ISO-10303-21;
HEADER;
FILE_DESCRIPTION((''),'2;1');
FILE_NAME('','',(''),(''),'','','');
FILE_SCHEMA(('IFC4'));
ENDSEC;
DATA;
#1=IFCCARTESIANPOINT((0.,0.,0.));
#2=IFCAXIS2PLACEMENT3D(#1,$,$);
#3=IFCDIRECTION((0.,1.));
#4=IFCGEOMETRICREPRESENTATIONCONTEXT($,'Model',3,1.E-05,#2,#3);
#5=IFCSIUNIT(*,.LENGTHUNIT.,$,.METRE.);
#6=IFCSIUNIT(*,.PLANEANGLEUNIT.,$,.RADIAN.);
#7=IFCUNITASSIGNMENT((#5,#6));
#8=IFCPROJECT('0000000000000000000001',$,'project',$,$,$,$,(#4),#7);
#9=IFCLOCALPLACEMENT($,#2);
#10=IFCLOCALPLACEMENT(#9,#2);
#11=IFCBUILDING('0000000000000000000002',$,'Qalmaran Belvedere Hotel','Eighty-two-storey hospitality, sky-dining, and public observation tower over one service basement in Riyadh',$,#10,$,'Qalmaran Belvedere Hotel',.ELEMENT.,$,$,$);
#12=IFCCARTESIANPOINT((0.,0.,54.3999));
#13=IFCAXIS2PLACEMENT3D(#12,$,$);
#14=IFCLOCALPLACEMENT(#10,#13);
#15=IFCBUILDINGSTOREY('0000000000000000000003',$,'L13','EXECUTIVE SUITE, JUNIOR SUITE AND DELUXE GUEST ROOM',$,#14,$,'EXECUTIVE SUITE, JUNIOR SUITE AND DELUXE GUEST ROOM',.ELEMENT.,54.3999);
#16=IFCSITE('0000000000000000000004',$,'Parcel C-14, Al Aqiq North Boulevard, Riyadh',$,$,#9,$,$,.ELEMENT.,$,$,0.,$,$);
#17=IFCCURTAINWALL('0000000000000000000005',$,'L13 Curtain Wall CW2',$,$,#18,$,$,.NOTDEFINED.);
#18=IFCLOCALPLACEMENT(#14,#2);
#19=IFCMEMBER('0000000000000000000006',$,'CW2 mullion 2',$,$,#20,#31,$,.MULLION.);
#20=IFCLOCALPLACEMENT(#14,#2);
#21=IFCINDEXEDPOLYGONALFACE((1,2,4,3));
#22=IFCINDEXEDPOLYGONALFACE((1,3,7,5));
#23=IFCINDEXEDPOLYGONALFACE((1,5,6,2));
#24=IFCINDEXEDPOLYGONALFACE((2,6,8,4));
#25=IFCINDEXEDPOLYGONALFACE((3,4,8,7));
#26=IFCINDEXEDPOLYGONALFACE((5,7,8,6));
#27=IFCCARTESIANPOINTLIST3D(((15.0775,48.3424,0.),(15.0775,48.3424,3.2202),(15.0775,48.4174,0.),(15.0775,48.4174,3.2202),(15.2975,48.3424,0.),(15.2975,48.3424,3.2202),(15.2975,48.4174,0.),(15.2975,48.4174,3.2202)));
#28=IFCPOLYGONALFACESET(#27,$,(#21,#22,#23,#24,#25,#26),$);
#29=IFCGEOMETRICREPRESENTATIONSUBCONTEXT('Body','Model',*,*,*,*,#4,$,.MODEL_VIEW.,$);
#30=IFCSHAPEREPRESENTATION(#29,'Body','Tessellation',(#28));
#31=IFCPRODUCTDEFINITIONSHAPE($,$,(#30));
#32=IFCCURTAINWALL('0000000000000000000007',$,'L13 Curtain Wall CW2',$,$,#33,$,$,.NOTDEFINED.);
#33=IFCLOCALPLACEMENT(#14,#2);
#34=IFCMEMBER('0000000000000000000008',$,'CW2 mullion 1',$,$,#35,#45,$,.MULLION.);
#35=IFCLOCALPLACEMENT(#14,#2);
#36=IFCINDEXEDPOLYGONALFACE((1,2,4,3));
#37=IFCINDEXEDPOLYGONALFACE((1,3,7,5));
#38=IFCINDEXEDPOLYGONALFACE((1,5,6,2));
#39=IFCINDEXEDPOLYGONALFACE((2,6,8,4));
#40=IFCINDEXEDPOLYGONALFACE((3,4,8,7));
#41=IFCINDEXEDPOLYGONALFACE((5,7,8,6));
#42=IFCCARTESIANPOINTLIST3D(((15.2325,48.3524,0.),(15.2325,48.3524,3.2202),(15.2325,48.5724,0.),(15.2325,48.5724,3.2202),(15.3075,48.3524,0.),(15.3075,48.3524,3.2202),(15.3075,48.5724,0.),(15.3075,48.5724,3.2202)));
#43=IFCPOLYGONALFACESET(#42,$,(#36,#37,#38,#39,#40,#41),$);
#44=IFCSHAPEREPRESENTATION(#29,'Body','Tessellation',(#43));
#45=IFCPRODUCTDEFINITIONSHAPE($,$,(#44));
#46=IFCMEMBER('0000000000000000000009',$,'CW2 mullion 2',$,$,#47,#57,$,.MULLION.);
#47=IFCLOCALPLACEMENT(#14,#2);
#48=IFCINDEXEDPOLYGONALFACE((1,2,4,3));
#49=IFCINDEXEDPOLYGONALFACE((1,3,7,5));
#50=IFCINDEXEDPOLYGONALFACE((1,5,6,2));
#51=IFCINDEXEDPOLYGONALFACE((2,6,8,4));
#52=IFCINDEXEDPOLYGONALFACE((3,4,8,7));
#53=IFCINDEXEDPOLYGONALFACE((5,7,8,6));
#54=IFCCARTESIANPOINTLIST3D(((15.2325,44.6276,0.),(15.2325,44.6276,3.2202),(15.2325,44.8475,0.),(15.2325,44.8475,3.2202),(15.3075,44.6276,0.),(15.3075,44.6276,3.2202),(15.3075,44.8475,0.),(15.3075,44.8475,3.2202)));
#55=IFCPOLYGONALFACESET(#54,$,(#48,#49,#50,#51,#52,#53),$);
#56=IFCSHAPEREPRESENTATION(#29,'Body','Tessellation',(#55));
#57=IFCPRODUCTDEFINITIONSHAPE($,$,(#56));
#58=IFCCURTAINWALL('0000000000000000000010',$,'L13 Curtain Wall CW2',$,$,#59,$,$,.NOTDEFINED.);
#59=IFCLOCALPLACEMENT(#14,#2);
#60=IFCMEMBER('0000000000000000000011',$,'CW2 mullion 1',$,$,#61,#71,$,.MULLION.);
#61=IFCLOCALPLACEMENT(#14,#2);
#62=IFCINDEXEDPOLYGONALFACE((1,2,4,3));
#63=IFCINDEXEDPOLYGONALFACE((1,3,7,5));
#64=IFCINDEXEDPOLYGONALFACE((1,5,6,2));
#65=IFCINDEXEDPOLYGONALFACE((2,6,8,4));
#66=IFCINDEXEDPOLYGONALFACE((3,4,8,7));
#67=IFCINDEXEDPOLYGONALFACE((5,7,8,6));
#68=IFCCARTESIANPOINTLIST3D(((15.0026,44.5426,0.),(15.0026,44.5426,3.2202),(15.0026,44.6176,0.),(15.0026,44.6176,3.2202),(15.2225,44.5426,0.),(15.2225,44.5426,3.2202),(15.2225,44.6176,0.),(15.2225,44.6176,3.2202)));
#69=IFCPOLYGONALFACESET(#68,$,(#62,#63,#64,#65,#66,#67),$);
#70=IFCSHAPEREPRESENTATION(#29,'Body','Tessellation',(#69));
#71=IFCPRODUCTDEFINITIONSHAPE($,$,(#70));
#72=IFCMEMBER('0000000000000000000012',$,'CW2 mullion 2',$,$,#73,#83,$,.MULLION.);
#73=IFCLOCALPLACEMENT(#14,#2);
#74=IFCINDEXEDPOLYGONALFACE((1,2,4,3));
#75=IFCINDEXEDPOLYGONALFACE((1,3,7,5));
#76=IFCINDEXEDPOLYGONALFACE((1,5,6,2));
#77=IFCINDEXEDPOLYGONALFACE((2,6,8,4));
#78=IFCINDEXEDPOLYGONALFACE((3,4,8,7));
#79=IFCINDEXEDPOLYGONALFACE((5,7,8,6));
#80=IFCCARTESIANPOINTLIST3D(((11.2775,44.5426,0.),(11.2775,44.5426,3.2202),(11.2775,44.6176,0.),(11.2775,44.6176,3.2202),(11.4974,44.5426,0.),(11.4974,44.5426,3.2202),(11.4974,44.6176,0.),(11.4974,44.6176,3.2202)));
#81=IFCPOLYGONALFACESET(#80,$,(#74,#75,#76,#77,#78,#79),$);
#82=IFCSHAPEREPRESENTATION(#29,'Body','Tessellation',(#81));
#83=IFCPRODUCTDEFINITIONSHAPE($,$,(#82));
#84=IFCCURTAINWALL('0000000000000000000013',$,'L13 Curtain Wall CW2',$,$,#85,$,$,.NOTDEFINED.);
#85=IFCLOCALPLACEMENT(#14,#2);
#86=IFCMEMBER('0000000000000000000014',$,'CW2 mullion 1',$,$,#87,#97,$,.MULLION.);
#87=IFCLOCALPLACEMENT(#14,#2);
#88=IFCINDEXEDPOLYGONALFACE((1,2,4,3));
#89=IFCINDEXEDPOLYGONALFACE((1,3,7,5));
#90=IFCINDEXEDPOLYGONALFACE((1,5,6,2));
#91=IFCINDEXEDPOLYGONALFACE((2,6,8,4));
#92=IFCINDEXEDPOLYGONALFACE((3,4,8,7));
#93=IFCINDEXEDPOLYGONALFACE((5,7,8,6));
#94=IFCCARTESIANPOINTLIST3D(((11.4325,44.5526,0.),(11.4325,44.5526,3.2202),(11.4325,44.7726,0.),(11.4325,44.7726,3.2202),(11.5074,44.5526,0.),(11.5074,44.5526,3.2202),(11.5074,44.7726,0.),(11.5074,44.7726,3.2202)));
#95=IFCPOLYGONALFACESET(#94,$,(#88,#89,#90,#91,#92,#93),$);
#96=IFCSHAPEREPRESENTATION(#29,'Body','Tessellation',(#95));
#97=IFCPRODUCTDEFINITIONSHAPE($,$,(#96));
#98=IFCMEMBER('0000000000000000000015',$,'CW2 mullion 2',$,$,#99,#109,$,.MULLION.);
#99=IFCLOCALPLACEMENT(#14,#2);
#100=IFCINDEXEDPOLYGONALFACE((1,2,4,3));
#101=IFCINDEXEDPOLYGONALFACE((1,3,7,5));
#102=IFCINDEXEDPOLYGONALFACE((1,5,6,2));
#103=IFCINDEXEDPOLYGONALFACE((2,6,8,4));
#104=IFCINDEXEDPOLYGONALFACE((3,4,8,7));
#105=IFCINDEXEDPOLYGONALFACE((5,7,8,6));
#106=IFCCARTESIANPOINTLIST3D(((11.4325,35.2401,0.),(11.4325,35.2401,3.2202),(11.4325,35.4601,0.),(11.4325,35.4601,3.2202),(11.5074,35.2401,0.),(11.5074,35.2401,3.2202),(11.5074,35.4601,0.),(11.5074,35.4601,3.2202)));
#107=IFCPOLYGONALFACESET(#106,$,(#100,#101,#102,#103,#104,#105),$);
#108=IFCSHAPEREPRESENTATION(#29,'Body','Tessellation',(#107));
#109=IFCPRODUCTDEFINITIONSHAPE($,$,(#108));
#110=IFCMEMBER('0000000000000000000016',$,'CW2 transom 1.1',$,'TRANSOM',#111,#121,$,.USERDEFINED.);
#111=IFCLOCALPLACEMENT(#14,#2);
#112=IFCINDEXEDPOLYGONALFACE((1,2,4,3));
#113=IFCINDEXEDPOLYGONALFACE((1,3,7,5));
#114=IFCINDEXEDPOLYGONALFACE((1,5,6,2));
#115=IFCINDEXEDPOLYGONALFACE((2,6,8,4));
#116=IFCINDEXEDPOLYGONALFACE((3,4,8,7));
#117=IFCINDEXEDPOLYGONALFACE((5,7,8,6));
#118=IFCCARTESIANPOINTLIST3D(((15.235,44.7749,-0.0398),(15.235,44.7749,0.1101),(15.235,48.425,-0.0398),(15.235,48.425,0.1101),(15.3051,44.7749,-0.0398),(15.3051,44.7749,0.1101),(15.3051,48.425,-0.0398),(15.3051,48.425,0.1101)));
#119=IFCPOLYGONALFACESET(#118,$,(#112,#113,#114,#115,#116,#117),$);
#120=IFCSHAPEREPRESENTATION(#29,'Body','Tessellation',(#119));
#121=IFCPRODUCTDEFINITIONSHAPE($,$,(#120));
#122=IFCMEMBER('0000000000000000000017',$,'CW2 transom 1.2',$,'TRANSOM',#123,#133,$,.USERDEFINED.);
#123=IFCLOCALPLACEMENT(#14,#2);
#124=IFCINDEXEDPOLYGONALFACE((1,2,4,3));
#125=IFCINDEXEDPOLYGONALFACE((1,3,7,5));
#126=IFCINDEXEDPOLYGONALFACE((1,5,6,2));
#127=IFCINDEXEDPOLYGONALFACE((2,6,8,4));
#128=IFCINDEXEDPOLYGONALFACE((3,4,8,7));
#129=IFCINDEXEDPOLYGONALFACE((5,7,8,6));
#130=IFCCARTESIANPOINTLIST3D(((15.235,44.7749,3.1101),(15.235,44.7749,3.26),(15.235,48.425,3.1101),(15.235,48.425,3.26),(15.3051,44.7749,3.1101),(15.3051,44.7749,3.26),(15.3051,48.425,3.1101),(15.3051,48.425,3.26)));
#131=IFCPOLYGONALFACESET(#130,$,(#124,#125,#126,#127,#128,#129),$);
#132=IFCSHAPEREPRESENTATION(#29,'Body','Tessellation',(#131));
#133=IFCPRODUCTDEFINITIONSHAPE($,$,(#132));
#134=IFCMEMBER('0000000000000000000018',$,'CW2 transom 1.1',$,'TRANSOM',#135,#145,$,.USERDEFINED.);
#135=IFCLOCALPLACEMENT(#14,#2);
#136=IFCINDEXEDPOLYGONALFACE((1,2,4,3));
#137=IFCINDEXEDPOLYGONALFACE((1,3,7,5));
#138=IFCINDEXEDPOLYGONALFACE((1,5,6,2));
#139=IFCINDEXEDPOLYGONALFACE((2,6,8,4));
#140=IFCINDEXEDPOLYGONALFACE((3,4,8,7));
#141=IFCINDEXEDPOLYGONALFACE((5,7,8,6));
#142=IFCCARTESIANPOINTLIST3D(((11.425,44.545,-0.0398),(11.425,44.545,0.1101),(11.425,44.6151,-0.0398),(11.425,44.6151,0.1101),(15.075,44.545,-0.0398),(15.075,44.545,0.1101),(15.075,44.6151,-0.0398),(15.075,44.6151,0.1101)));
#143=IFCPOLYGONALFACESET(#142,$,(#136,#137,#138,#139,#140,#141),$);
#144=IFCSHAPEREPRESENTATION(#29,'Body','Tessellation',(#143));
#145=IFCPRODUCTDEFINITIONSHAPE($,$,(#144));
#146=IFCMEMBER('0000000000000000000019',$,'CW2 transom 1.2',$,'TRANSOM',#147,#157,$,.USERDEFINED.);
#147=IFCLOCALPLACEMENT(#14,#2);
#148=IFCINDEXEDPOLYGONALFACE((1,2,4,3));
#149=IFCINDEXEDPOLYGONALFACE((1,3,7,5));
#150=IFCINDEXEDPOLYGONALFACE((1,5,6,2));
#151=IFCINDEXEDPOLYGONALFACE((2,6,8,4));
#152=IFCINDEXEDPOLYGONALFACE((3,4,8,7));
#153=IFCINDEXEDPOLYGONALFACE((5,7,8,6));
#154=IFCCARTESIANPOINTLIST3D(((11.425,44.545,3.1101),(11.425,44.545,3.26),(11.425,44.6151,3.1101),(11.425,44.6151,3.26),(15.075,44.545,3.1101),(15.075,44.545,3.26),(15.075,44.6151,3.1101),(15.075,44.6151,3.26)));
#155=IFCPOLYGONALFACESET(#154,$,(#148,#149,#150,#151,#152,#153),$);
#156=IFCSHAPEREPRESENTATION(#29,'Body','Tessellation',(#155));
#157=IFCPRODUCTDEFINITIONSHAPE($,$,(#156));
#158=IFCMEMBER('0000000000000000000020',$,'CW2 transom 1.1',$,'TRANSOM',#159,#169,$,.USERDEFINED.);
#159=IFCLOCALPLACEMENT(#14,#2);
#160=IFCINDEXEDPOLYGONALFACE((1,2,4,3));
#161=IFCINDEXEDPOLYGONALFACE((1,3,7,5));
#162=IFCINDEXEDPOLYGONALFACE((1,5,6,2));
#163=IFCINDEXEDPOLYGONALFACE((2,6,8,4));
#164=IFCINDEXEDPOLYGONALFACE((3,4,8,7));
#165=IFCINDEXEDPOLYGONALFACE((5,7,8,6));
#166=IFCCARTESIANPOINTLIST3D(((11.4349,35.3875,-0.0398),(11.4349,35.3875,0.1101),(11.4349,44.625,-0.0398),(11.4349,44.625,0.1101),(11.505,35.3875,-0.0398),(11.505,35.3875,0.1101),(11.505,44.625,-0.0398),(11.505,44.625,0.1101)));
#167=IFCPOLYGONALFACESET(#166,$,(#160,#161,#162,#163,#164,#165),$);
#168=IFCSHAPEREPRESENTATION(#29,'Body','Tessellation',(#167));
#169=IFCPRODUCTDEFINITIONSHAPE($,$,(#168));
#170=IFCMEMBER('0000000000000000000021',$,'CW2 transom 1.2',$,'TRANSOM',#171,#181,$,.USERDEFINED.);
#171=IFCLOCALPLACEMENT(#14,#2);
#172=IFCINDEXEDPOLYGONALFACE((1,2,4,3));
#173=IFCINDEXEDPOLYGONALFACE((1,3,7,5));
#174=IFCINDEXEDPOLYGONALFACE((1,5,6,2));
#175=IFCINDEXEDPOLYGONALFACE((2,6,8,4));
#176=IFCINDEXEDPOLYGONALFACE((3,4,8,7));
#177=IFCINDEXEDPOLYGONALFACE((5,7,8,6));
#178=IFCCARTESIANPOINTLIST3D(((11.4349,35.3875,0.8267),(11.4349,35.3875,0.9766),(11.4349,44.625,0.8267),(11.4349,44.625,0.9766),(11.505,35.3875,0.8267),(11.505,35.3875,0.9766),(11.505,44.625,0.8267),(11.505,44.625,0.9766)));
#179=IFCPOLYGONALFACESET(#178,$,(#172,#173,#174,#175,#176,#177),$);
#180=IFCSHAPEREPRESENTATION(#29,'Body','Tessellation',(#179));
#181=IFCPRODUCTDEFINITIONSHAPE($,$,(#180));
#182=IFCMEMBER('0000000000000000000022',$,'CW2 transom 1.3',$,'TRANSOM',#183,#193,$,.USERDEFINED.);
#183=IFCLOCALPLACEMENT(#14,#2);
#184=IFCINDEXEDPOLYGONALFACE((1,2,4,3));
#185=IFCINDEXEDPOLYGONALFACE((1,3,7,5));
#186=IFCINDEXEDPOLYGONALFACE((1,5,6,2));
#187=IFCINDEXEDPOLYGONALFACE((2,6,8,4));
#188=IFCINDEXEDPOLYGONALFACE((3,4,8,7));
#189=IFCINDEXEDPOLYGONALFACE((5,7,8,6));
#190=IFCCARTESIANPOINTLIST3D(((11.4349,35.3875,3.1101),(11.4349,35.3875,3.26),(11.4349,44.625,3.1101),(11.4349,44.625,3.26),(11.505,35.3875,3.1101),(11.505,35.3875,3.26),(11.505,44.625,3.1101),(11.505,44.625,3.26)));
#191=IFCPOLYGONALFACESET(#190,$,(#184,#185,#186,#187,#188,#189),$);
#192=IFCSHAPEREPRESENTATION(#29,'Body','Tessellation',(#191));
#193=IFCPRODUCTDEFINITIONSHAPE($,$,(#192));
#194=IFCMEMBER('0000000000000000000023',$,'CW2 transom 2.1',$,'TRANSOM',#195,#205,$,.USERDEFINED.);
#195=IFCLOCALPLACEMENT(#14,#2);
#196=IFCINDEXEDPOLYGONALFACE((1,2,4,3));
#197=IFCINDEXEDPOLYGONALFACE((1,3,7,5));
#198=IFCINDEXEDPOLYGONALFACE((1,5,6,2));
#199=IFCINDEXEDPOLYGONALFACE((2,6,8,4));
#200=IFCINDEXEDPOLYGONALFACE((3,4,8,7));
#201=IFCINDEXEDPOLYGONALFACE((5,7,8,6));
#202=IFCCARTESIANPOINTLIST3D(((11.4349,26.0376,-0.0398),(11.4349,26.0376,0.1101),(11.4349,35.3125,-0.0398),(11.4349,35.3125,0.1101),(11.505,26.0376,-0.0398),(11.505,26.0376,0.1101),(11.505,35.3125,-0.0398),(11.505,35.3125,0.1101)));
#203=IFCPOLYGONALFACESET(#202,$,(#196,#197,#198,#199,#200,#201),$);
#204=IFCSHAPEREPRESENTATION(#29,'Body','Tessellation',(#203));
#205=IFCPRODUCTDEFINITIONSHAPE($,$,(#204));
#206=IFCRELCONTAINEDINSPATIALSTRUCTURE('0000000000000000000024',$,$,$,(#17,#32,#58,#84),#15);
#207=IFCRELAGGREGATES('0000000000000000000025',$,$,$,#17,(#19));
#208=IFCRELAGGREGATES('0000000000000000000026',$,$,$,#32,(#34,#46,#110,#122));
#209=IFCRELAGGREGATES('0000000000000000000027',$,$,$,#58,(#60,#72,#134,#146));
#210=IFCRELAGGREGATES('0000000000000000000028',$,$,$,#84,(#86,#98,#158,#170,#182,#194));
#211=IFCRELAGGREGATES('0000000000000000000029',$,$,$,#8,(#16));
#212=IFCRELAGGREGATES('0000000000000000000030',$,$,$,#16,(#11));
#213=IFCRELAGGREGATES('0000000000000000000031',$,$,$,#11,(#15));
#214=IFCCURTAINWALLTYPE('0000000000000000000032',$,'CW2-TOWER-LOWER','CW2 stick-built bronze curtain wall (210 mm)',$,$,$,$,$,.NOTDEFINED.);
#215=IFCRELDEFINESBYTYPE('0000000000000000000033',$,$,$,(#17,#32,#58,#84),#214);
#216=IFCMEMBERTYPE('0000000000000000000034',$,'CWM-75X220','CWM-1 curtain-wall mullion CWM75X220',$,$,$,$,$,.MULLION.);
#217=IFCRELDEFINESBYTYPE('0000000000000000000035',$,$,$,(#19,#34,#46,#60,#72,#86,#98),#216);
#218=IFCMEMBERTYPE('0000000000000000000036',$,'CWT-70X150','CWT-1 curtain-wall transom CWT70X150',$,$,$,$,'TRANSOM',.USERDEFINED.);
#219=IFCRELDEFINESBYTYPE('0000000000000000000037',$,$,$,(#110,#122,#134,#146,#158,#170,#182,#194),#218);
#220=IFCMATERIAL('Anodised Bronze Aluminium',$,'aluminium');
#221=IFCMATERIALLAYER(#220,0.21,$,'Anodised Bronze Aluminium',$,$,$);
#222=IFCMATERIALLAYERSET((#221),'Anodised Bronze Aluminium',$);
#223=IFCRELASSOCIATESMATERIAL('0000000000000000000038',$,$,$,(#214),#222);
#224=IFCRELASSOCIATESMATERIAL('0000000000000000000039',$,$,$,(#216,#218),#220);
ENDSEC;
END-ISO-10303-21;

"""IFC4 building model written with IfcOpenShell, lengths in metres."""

from ifc_helpers import new_model, si_unit, direction, frame, origin, origin_2d, place, context, subcontext, project, spatial, rectangle, extrude, material, layer, layer_set, material_profile, profile_set, type_object, element, aggregate, save


model = new_model("IFC4")

# Units and contexts
model_context = context("Model", 3, precision=1e-05, world=origin(), true_north=direction((0.0, 1.0)))
body_context = subcontext(model_context, "Body", "Model", "MODEL_VIEW")
ifc_project = project(units=[si_unit("LENGTHUNIT", "METRE"), si_unit("PLANEANGLEUNIT", "RADIAN")], contexts=[model_context])

# Site, building, storey
site_placement = place(None, origin())
site = spatial("IfcSite", under=ifc_project, at=site_placement, Name="Parcel C-14, Al Aqiq North Boulevard, Riyadh", CompositionType="ELEMENT", RefElevation=0.0)
building_placement = place(site_placement, origin())
building = spatial("IfcBuilding", under=site, at=building_placement, Name="Qalmaran Belvedere Hotel", Description="Eighty-two-storey hospitality, sky-dining, and public observation tower over one service basement in Riyadh", LongName="Qalmaran Belvedere Hotel", CompositionType="ELEMENT")
storey_placement = place(building_placement, frame((0.0, 0.0, 54.3999)))
storey = spatial("IfcBuildingStorey", under=building, at=storey_placement, Name="L13", Description="EXECUTIVE SUITE, JUNIOR SUITE AND DELUXE GUEST ROOM", LongName="EXECUTIVE SUITE, JUNIOR SUITE AND DELUXE GUEST ROOM", CompositionType="ELEMENT", Elevation=54.3999)

# Curtain wall, member
ifc_material_1 = material(Name="Anodised Bronze Aluminium", Category="aluminium")
ifc_layer_1 = layer(ifc_material_1, 0.21, Name="Anodised Bronze Aluminium")
ifc_layer_set_1 = layer_set([ifc_layer_1], Name="Anodised Bronze Aluminium")
curtain_wall_type = type_object("IfcCurtainWallType", Name="CW2-TOWER-LOWER", Description="CW2 stick-built bronze curtain wall (210 mm)", PredefinedType="NOTDEFINED", material=ifc_layer_set_1)
curtain_wall_1_placement = place(storey_placement, origin())
curtain_wall_1 = element("IfcCurtainWall", 1, at=curtain_wall_1_placement, inside=storey, type_object=curtain_wall_type, Name="L13 Curtain Wall CW2", PredefinedType="NOTDEFINED")
ifc_material_profile_1 = material_profile(ifc_material_1, rectangle(XDim=0.075, YDim=0.22, at=origin_2d()), Name="CWM75X220")
ifc_profile_set_1 = profile_set([ifc_material_profile_1], Name="Anodised Bronze Aluminium")
member_type_1 = type_object("IfcMemberType", Name="CWM-75X220", Description="CWM-1 curtain-wall mullion CWM75X220", PredefinedType="MULLION", material=ifc_profile_set_1)
member_1_placement = place(storey_placement, frame((15.1875, 48.3799, 0.0), z_axis=(0.0, 0.0, 1.0), x_axis=(0.0, -1.0, 0.0)))
member_1 = element("IfcMember", 2, at=member_1_placement, type_object=member_type_1, Name="CW2 mullion 2", PredefinedType="MULLION", context=body_context, shape_type="SweptSolid", body=[
    extrude(rectangle(XDim=0.075, YDim=0.22, at=origin_2d()), origin(), (0.0, 0.0, 1.0), 3.2202),
])

# Curtain walls, members
curtain_wall_2_placement = place(storey_placement, origin())
curtain_wall_2 = element("IfcCurtainWall", 3, at=curtain_wall_2_placement, inside=storey, type_object=curtain_wall_type, Name="L13 Curtain Wall CW2", PredefinedType="NOTDEFINED")
member_2_placement = place(storey_placement, frame((15.27, 48.4624, 0.0), z_axis=(0.0, 0.0, 1.0), x_axis=(1.0, 0.0, 0.0)))
member_2 = element("IfcMember", 4, at=member_2_placement, type_object=member_type_1, Name="CW2 mullion 1", PredefinedType="MULLION", context=body_context, shape_type="SweptSolid", body=[
    extrude(rectangle(XDim=0.075, YDim=0.22, at=origin_2d()), origin(), (0.0, 0.0, 1.0), 3.2202),
])
member_3_placement = place(storey_placement, frame((15.27, 44.7375, 0.0), z_axis=(0.0, 0.0, 1.0), x_axis=(1.0, 0.0, 0.0)))
member_3 = element("IfcMember", 5, at=member_3_placement, type_object=member_type_1, Name="CW2 mullion 2", PredefinedType="MULLION", context=body_context, shape_type="SweptSolid", body=[
    extrude(rectangle(XDim=0.075, YDim=0.22, at=origin_2d()), origin(), (0.0, 0.0, 1.0), 3.2202),
])
curtain_wall_3_placement = place(storey_placement, origin())
curtain_wall_3 = element("IfcCurtainWall", 6, at=curtain_wall_3_placement, inside=storey, type_object=curtain_wall_type, Name="L13 Curtain Wall CW2", PredefinedType="NOTDEFINED")
member_4_placement = place(storey_placement, frame((15.1125, 44.5801, 0.0), z_axis=(0.0, 0.0, 1.0), x_axis=(0.0, -1.0, 0.0)))
member_4 = element("IfcMember", 7, at=member_4_placement, type_object=member_type_1, Name="CW2 mullion 1", PredefinedType="MULLION", context=body_context, shape_type="SweptSolid", body=[
    extrude(rectangle(XDim=0.075, YDim=0.22, at=origin_2d()), origin(), (0.0, 0.0, 1.0), 3.2202),
])
member_5_placement = place(storey_placement, frame((11.3875, 44.5801, 0.0), z_axis=(0.0, 0.0, 1.0), x_axis=(0.0, -1.0, 0.0)))
member_5 = element("IfcMember", 8, at=member_5_placement, type_object=member_type_1, Name="CW2 mullion 2", PredefinedType="MULLION", context=body_context, shape_type="SweptSolid", body=[
    extrude(rectangle(XDim=0.075, YDim=0.22, at=origin_2d()), origin(), (0.0, 0.0, 1.0), 3.2202),
])
curtain_wall_4_placement = place(storey_placement, origin())
curtain_wall_4 = element("IfcCurtainWall", 9, at=curtain_wall_4_placement, inside=storey, type_object=curtain_wall_type, Name="L13 Curtain Wall CW2", PredefinedType="NOTDEFINED")
member_6_placement = place(storey_placement, frame((11.47, 44.6626, 0.0), z_axis=(0.0, 0.0, 1.0), x_axis=(1.0, 0.0, 0.0)))
member_6 = element("IfcMember", 10, at=member_6_placement, type_object=member_type_1, Name="CW2 mullion 1", PredefinedType="MULLION", context=body_context, shape_type="SweptSolid", body=[
    extrude(rectangle(XDim=0.075, YDim=0.22, at=origin_2d()), origin(), (0.0, 0.0, 1.0), 3.2202),
])
member_7_placement = place(storey_placement, frame((11.47, 35.3501, 0.0), z_axis=(0.0, 0.0, 1.0), x_axis=(1.0, 0.0, 0.0)))
member_7 = element("IfcMember", 11, at=member_7_placement, type_object=member_type_1, Name="CW2 mullion 2", PredefinedType="MULLION", context=body_context, shape_type="SweptSolid", body=[
    extrude(rectangle(XDim=0.075, YDim=0.22, at=origin_2d()), origin(), (0.0, 0.0, 1.0), 3.2202),
])

# Members
ifc_material_profile_2 = material_profile(ifc_material_1, rectangle(XDim=0.0701, YDim=0.1499, at=origin_2d()), Name="CWT70X150")
ifc_profile_set_2 = profile_set([ifc_material_profile_2], Name="Anodised Bronze Aluminium")
member_type_2 = type_object("IfcMemberType", Name="CWT-70X150", Description="CWT-1 curtain-wall transom CWT70X150", ElementType="TRANSOM", PredefinedType="USERDEFINED", material=ifc_profile_set_2)
member_8_placement = place(storey_placement, frame((15.27, 48.425, 0.0352), z_axis=(0.0, -1.0, 0.0), x_axis=(1.0, 0.0, 0.0)))
member_8 = element("IfcMember", 12, at=member_8_placement, type_object=member_type_2, Name="CW2 transom 1.1", ObjectType="TRANSOM", PredefinedType="USERDEFINED", context=body_context, shape_type="SweptSolid", body=[
    extrude(rectangle(XDim=0.0701, YDim=0.1499, at=origin_2d()), origin(), (0.0, 0.0, 1.0), 3.6501),
])
member_9_placement = place(storey_placement, frame((15.27, 48.425, 3.1851), z_axis=(0.0, -1.0, 0.0), x_axis=(1.0, 0.0, 0.0)))
member_9 = element("IfcMember", 13, at=member_9_placement, type_object=member_type_2, Name="CW2 transom 1.2", ObjectType="TRANSOM", PredefinedType="USERDEFINED", context=body_context, shape_type="SweptSolid", body=[
    extrude(rectangle(XDim=0.0701, YDim=0.1499, at=origin_2d()), origin(), (0.0, 0.0, 1.0), 3.6501),
])
member_10_placement = place(storey_placement, frame((15.075, 44.5801, 0.0352), z_axis=(-1.0, 0.0, 0.0), x_axis=(0.0, -1.0, 0.0)))
member_10 = element("IfcMember", 14, at=member_10_placement, type_object=member_type_2, Name="CW2 transom 1.1", ObjectType="TRANSOM", PredefinedType="USERDEFINED", context=body_context, shape_type="SweptSolid", body=[
    extrude(rectangle(XDim=0.0701, YDim=0.1499, at=origin_2d()), origin(), (0.0, 0.0, 1.0), 3.6499),
])
member_11_placement = place(storey_placement, frame((15.075, 44.5801, 3.1851), z_axis=(-1.0, 0.0, 0.0), x_axis=(0.0, -1.0, 0.0)))
member_11 = element("IfcMember", 15, at=member_11_placement, type_object=member_type_2, Name="CW2 transom 1.2", ObjectType="TRANSOM", PredefinedType="USERDEFINED", context=body_context, shape_type="SweptSolid", body=[
    extrude(rectangle(XDim=0.0701, YDim=0.1499, at=origin_2d()), origin(), (0.0, 0.0, 1.0), 3.6499),
])
member_12_placement = place(storey_placement, frame((11.47, 44.625, 0.0352), z_axis=(0.0, -1.0, 0.0), x_axis=(1.0, 0.0, 0.0)))
member_12 = element("IfcMember", 16, at=member_12_placement, type_object=member_type_2, Name="CW2 transom 1.1", ObjectType="TRANSOM", PredefinedType="USERDEFINED", context=body_context, shape_type="SweptSolid", body=[
    extrude(rectangle(XDim=0.0701, YDim=0.1499, at=origin_2d()), origin(), (0.0, 0.0, 1.0), 9.2375),
])
member_13_placement = place(storey_placement, frame((11.47, 44.625, 0.9016), z_axis=(0.0, -1.0, 0.0), x_axis=(1.0, 0.0, 0.0)))
member_13 = element("IfcMember", 17, at=member_13_placement, type_object=member_type_2, Name="CW2 transom 1.2", ObjectType="TRANSOM", PredefinedType="USERDEFINED", context=body_context, shape_type="SweptSolid", body=[
    extrude(rectangle(XDim=0.0701, YDim=0.1499, at=origin_2d()), origin(), (0.0, 0.0, 1.0), 9.2375),
])
member_14_placement = place(storey_placement, frame((11.47, 44.625, 3.1851), z_axis=(0.0, -1.0, 0.0), x_axis=(1.0, 0.0, 0.0)))
member_14 = element("IfcMember", 18, at=member_14_placement, type_object=member_type_2, Name="CW2 transom 1.3", ObjectType="TRANSOM", PredefinedType="USERDEFINED", context=body_context, shape_type="SweptSolid", body=[
    extrude(rectangle(XDim=0.0701, YDim=0.1499, at=origin_2d()), origin(), (0.0, 0.0, 1.0), 9.2375),
])
member_15_placement = place(storey_placement, frame((11.47, 35.3125, 0.0352), z_axis=(0.0, -1.0, 0.0), x_axis=(1.0, 0.0, 0.0)))
member_15 = element("IfcMember", 19, at=member_15_placement, type_object=member_type_2, Name="CW2 transom 2.1", ObjectType="TRANSOM", PredefinedType="USERDEFINED", context=body_context, shape_type="SweptSolid", body=[
    extrude(rectangle(XDim=0.0701, YDim=0.1499, at=origin_2d()), origin(), (0.0, 0.0, 1.0), 9.2749),
])

aggregate(curtain_wall_1, [member_1])
aggregate(curtain_wall_2, [member_2, member_3, member_8, member_9])
aggregate(curtain_wall_3, [member_4, member_5, member_10, member_11])
aggregate(curtain_wall_4, [member_6, member_7, member_12, member_13, member_14, member_15])

save(model, "model.ifc")
